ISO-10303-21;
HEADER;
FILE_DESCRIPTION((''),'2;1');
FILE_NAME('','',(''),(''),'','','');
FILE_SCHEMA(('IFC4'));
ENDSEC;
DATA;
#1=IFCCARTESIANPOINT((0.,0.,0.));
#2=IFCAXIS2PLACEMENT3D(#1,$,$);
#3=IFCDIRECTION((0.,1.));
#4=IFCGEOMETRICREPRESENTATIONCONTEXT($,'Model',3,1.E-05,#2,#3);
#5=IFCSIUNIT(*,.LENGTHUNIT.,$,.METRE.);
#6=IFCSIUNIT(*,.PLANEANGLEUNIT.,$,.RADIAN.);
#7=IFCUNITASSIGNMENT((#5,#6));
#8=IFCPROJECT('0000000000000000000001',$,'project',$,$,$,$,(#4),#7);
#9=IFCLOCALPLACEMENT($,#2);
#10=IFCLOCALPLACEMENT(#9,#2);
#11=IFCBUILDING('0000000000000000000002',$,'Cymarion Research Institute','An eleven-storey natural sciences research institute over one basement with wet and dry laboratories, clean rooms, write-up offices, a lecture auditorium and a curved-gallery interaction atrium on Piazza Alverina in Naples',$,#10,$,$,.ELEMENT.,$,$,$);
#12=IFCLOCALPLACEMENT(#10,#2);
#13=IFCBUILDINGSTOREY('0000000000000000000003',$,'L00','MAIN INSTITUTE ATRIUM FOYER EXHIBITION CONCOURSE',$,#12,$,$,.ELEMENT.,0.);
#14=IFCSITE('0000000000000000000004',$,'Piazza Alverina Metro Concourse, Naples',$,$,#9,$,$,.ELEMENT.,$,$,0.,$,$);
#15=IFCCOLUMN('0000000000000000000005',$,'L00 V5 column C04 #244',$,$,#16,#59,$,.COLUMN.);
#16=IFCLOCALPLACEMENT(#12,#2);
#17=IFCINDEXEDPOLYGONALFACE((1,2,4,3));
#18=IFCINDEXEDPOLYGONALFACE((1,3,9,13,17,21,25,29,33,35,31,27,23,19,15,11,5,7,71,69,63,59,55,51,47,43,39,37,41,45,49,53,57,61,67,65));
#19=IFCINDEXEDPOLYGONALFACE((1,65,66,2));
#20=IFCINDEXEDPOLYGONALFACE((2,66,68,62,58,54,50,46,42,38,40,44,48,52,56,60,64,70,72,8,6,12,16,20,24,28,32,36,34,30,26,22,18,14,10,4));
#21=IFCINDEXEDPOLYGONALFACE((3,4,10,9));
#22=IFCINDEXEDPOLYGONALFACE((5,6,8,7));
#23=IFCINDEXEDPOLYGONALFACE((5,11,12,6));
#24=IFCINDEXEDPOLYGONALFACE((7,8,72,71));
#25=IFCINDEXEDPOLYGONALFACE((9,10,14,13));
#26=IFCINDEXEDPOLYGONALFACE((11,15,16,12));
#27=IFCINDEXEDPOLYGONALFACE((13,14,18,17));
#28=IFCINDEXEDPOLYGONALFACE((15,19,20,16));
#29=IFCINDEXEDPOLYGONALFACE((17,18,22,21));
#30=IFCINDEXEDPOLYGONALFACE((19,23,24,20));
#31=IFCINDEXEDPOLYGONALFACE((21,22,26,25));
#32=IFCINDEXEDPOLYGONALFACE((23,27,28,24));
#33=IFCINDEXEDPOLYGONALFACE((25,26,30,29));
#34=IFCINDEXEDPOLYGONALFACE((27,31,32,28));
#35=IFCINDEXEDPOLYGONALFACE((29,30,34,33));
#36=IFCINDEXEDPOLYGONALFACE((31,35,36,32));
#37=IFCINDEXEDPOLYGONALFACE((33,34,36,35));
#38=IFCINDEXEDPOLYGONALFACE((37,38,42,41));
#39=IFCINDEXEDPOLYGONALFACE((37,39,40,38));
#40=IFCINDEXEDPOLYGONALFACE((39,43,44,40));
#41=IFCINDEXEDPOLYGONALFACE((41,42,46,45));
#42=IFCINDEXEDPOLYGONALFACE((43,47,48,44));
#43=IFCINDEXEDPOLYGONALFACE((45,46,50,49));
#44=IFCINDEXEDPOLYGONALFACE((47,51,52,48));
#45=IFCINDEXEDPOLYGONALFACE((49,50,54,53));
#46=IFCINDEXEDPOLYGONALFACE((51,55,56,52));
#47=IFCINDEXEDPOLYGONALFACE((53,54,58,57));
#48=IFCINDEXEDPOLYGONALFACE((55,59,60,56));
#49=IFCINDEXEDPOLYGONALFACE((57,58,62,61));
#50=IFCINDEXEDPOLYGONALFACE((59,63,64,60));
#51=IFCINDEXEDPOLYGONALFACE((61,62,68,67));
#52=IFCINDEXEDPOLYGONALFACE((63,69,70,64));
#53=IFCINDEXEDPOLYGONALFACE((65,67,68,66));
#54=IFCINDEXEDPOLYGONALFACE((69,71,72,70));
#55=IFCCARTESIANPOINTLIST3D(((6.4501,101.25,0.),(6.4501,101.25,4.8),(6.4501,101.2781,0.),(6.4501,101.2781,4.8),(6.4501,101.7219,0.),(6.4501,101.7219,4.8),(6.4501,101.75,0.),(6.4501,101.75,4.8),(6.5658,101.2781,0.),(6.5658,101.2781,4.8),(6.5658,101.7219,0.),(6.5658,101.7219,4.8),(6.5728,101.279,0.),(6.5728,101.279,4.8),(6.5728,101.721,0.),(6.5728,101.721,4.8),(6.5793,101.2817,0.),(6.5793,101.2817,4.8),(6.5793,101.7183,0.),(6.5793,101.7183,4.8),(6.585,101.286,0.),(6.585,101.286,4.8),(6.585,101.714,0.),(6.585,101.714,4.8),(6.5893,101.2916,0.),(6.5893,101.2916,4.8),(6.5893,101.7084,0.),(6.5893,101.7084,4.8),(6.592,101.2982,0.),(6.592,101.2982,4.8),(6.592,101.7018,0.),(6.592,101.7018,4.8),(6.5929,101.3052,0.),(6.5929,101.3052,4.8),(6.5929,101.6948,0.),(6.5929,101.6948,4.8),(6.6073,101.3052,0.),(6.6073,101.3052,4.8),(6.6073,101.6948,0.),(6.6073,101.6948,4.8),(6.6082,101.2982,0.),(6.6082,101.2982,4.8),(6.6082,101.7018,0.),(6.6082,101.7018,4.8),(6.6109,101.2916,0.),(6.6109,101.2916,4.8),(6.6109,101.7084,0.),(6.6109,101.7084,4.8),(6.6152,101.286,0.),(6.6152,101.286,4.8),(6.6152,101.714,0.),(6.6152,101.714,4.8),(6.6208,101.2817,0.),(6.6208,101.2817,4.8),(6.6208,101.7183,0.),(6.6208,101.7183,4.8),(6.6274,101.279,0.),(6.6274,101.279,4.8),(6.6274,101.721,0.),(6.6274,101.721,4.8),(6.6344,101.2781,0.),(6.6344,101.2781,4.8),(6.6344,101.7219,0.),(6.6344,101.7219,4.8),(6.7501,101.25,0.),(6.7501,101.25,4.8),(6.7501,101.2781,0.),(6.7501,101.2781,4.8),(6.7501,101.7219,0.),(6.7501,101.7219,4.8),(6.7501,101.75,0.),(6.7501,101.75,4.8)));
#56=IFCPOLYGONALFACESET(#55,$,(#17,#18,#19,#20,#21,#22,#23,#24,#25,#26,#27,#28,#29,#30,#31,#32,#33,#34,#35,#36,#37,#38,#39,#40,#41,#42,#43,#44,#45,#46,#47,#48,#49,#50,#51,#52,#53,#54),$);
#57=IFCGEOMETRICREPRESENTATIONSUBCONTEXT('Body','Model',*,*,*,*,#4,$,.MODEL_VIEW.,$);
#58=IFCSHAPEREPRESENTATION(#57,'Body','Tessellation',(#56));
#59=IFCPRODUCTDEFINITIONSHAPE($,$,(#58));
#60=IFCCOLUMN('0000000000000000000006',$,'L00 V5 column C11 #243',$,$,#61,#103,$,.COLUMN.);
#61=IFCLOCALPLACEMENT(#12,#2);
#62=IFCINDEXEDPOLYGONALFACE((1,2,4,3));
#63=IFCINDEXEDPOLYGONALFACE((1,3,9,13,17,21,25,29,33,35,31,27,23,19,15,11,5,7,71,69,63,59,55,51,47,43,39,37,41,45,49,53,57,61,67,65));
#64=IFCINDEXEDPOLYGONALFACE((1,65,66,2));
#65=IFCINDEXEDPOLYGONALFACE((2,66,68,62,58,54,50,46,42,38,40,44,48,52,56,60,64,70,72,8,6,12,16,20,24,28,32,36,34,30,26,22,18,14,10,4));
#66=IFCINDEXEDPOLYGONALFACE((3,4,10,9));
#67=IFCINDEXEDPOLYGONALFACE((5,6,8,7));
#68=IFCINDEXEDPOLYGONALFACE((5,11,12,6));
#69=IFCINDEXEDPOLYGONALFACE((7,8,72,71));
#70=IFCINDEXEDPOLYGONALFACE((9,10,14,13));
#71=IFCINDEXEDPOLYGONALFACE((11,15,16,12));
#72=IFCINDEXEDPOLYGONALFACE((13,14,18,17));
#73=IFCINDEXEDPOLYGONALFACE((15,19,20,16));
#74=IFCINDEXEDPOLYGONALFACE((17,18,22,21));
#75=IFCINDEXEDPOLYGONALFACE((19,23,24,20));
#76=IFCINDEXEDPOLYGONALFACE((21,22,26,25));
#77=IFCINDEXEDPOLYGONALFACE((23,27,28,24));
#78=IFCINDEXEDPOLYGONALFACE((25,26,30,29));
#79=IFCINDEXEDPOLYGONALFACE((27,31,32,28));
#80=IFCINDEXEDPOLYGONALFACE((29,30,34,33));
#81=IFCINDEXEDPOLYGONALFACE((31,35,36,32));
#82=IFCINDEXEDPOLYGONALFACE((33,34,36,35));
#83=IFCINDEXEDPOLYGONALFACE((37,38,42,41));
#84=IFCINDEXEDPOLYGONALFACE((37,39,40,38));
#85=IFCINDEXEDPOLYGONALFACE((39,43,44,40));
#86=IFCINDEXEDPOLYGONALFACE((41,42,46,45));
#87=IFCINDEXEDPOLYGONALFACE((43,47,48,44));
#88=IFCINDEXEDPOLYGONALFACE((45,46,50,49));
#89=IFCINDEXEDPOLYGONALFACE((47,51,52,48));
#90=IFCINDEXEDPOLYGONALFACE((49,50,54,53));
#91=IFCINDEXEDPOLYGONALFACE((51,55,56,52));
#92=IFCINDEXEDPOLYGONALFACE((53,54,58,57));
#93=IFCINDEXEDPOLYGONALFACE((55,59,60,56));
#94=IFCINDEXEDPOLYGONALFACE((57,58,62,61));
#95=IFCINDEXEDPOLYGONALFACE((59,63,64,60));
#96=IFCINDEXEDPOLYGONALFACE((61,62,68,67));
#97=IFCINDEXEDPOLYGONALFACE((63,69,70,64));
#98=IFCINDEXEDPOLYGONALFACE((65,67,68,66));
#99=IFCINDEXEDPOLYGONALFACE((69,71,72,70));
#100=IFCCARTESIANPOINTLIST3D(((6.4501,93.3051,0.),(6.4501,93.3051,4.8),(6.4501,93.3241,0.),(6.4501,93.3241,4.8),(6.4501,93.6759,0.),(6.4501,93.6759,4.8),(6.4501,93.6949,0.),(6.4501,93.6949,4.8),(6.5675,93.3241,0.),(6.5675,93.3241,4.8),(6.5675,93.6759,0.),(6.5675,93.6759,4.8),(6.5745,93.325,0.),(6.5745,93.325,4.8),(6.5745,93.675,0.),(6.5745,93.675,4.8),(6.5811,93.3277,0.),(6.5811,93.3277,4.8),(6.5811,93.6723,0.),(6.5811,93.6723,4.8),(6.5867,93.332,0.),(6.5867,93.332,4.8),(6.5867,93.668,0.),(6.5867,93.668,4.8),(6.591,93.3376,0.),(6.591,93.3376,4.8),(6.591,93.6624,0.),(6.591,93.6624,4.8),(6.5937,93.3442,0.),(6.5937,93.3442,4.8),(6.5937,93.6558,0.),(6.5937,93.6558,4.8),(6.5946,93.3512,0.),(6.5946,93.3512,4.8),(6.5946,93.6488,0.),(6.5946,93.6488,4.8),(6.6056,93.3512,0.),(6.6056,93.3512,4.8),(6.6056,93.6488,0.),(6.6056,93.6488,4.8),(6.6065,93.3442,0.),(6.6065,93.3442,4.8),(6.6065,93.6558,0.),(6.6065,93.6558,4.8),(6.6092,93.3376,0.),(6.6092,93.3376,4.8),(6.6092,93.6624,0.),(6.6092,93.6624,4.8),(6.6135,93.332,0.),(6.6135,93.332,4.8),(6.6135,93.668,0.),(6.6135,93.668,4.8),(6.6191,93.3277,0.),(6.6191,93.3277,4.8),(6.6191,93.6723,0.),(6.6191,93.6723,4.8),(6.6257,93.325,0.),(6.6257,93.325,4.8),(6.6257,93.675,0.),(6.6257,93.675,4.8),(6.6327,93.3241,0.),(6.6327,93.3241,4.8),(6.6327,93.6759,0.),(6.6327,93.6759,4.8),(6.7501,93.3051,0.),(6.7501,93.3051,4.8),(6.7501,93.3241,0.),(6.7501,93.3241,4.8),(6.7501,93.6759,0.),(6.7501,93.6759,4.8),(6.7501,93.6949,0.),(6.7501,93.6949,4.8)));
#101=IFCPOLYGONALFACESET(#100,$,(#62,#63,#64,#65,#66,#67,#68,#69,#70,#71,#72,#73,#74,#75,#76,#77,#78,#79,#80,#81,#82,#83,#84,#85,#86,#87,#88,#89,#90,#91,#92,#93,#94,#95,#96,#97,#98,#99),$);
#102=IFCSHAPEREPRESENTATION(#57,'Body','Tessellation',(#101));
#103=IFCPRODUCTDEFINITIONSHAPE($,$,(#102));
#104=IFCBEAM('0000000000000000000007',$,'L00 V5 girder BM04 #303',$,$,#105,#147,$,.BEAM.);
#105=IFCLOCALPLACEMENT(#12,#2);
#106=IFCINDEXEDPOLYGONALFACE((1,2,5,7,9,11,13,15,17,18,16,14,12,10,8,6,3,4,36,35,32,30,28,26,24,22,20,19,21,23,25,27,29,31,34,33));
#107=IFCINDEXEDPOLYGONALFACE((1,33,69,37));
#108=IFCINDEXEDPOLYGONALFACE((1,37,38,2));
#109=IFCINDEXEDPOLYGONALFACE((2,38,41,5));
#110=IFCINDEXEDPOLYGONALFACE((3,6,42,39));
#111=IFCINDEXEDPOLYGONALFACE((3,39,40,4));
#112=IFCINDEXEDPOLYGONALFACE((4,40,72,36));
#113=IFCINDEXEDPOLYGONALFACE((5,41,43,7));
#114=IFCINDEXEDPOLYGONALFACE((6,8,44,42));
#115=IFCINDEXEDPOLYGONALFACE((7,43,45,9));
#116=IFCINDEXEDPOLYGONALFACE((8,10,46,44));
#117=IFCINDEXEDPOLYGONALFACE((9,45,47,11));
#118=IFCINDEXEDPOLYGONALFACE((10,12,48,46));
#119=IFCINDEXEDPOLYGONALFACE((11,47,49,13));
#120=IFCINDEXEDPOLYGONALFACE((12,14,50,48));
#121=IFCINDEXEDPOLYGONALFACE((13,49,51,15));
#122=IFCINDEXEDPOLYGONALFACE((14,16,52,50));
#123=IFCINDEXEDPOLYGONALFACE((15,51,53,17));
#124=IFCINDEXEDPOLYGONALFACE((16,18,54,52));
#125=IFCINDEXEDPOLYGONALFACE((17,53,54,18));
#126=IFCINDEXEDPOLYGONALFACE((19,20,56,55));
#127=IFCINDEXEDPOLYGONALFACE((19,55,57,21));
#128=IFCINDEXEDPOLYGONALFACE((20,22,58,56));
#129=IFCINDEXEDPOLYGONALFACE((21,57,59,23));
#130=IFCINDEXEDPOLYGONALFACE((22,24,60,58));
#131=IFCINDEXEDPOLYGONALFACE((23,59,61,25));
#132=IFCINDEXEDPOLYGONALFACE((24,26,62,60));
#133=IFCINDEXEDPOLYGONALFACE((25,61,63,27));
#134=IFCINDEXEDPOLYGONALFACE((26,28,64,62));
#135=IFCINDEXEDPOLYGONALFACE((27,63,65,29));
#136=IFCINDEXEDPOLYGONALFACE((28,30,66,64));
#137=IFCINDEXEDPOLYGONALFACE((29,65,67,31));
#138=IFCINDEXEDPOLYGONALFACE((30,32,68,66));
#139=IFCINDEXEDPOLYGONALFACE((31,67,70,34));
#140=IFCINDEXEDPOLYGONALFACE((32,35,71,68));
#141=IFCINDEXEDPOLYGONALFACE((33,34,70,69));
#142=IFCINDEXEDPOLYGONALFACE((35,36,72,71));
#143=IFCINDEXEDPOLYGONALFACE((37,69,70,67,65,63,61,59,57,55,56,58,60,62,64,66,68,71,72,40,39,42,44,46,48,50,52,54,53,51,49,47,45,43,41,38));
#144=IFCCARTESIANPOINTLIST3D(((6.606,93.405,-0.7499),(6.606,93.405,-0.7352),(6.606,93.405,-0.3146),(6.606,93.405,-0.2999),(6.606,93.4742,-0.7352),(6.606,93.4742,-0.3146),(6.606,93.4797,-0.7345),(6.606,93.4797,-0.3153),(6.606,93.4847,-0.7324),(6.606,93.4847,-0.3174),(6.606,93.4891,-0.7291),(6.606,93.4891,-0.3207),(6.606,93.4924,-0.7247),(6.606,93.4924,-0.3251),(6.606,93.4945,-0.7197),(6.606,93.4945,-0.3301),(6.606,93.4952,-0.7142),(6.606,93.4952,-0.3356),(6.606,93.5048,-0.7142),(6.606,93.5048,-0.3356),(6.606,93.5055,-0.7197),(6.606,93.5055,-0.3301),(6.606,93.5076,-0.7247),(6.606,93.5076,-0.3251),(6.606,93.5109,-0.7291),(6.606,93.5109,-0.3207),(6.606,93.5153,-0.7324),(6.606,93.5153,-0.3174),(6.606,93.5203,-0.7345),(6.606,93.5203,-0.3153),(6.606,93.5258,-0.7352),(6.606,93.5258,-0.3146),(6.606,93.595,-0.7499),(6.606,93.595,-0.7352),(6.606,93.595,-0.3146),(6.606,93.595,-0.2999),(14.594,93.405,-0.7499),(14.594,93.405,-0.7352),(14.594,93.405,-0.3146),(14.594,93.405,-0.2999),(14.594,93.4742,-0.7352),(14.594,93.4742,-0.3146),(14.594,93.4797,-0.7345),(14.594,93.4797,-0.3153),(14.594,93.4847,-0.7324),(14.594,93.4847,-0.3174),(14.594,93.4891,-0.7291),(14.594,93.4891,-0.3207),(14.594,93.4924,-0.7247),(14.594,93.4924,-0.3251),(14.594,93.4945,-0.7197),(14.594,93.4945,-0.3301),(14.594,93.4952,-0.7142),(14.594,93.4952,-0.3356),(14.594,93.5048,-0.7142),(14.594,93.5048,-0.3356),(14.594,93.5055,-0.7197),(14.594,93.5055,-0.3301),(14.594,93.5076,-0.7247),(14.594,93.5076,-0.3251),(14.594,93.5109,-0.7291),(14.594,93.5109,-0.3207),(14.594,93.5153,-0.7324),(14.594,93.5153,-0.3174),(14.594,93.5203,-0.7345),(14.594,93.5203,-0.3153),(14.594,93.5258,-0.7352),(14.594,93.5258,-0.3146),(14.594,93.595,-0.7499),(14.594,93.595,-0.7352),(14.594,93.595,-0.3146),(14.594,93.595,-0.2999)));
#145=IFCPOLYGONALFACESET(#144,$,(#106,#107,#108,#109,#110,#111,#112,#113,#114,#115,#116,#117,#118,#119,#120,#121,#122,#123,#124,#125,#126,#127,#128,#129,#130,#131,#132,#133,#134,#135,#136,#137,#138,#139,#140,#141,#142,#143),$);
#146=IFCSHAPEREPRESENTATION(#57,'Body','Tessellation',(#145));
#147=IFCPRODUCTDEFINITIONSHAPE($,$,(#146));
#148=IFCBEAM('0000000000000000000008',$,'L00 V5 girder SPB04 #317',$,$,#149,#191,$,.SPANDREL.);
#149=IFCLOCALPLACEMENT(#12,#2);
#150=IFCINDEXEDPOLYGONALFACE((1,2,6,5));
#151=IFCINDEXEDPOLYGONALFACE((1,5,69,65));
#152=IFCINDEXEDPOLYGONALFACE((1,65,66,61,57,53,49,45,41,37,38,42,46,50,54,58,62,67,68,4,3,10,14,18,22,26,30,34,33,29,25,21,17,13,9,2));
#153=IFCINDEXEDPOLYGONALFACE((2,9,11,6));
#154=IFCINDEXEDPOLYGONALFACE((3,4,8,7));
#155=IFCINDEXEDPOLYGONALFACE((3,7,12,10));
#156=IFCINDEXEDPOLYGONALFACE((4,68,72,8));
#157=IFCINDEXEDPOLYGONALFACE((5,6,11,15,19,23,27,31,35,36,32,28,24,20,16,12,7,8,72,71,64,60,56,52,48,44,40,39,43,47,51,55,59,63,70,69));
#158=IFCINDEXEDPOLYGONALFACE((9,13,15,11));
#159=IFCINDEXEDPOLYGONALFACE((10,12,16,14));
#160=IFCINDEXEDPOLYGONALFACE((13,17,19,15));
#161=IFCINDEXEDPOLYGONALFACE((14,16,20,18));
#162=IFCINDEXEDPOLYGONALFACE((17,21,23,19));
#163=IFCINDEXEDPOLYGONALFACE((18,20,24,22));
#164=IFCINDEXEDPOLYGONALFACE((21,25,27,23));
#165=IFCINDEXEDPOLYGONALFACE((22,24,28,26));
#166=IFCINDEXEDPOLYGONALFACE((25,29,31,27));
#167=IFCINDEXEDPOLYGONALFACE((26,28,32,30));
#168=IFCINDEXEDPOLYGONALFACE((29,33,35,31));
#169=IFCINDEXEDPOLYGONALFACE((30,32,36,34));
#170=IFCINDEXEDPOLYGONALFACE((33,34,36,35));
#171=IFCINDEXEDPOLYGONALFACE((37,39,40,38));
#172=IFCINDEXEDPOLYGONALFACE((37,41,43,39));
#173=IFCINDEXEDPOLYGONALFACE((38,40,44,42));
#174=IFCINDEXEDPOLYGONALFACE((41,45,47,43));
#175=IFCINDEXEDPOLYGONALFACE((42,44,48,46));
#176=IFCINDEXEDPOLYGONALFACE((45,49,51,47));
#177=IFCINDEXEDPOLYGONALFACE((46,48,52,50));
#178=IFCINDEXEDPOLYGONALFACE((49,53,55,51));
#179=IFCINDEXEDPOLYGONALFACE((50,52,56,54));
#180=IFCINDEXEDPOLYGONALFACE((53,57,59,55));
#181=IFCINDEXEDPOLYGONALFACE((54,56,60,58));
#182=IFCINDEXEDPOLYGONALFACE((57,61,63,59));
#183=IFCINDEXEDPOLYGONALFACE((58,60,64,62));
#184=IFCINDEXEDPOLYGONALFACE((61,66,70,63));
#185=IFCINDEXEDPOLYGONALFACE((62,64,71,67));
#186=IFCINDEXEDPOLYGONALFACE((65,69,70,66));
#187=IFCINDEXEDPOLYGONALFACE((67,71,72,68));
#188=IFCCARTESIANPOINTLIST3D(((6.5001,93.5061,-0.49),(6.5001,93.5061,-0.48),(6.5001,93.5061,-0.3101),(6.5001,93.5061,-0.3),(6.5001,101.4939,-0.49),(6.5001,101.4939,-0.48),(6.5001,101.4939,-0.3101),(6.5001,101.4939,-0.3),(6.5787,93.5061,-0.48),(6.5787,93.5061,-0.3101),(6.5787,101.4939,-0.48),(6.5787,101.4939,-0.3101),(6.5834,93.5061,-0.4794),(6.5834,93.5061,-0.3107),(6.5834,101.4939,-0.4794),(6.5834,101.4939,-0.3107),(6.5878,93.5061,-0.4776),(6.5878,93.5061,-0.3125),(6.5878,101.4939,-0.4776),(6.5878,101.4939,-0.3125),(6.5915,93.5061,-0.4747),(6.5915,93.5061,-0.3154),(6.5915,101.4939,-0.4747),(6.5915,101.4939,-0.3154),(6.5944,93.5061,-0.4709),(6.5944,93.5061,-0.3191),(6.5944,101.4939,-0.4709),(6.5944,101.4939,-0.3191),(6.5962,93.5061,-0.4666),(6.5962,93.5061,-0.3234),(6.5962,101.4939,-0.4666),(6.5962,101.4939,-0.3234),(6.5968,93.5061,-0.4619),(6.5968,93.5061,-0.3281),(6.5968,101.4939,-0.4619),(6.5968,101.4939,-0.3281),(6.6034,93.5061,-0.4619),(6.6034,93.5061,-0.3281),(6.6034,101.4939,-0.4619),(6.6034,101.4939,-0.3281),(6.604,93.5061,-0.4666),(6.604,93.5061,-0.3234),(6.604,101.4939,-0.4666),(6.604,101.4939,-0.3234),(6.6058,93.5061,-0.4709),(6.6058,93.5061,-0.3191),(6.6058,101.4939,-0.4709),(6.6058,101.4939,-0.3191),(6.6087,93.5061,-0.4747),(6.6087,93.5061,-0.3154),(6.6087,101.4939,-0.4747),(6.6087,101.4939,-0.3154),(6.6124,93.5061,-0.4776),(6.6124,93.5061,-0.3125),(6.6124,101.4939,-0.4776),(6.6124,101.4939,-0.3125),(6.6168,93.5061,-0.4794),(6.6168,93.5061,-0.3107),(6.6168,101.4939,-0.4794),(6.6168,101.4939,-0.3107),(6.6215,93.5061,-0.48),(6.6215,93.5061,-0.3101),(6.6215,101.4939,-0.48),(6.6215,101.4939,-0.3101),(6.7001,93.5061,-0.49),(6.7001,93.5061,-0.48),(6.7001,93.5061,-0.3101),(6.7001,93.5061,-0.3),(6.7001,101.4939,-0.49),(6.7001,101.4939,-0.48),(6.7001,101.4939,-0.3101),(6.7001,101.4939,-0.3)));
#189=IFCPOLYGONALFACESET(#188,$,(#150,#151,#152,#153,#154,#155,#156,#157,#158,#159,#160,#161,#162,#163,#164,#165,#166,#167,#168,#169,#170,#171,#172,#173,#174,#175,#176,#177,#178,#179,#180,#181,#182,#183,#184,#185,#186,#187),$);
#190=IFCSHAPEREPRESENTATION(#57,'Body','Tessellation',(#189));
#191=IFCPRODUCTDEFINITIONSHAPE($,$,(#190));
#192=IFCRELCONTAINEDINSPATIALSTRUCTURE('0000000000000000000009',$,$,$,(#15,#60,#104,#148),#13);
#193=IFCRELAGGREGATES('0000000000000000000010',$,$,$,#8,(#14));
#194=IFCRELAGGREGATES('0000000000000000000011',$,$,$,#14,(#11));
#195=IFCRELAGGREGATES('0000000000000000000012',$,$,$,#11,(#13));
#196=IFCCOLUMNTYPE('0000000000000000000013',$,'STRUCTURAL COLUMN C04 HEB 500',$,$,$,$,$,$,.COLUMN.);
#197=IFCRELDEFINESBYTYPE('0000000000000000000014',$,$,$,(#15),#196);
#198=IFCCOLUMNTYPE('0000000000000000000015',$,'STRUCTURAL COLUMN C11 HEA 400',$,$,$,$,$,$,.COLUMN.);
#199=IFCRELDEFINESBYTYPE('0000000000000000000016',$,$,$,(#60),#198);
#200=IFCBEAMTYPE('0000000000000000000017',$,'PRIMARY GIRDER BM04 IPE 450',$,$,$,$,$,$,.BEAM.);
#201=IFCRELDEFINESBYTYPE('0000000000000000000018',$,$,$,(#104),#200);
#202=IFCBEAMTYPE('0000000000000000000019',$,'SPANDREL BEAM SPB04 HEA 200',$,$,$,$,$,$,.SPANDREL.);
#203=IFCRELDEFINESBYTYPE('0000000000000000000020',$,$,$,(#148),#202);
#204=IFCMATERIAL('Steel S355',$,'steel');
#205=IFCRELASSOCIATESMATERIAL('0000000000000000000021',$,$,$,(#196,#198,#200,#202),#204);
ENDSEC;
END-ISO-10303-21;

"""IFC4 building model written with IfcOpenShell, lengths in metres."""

from ifc_helpers import new_model, si_unit, direction, frame, origin, origin_2d, place, context, subcontext, project, spatial, i_section, extrude, material, material_profile, profile_set, type_object, element, save


model = new_model("IFC4")

# Units and contexts
model_context = context("Model", 3, precision=1e-05, world=origin(), true_north=direction((0.0, 1.0)))
body_context = subcontext(model_context, "Body", "Model", "MODEL_VIEW")
ifc_project = project(units=[si_unit("LENGTHUNIT", "METRE"), si_unit("PLANEANGLEUNIT", "RADIAN")], contexts=[model_context])

# Site, building, storey
site_placement = place(None, origin())
site = spatial("IfcSite", under=ifc_project, at=site_placement, Name="Piazza Alverina Metro Concourse, Naples", CompositionType="ELEMENT", RefElevation=0.0)
building_placement = place(site_placement, origin())
building = spatial("IfcBuilding", under=site, at=building_placement, Name="Cymarion Research Institute", Description="An eleven-storey natural sciences research institute over one basement with wet and dry laboratories, clean rooms, write-up offices, a lecture auditorium and a curved-gallery interaction atrium on Piazza Alverina in Naples", CompositionType="ELEMENT")
storey_placement = place(building_placement, origin())
storey = spatial("IfcBuildingStorey", under=building, at=storey_placement, Name="L00", Description="MAIN INSTITUTE ATRIUM FOYER EXHIBITION CONCOURSE", CompositionType="ELEMENT", Elevation=0.0)

# Columns
ifc_material_1 = material(Name="Steel S355", Category="steel")
ifc_material_profile_1 = material_profile(ifc_material_1, i_section(OverallWidth=0.3, OverallDepth=0.5, WebThickness=0.0144, FlangeThickness=0.0281, FilletRadius=0.0271, at=origin_2d()), Name="HEB 500")
ifc_profile_set_1 = profile_set([ifc_material_profile_1], Name="Steel S355")
column_type_1 = type_object("IfcColumnType", Name="STRUCTURAL COLUMN C04 HEB 500", PredefinedType="COLUMN", material=ifc_profile_set_1)
column_1_placement = place(storey_placement, frame((6.6001, 101.5, 0.0), z_axis=(0.0, 0.0, 1.0), x_axis=(1.0, 0.0, 0.0)))
element("IfcColumn", 1, at=column_1_placement, inside=storey, type_object=column_type_1, Name="L00 V5 column C04 #244", PredefinedType="COLUMN", context=body_context, shape_type="SweptSolid", body=[
    extrude(i_section(OverallWidth=0.3, OverallDepth=0.5, WebThickness=0.0144, FlangeThickness=0.0281, FilletRadius=0.0271, at=origin_2d()), origin(), (0.0, 0.0, 1.0), 4.8),
])
ifc_material_profile_2 = material_profile(ifc_material_1, i_section(OverallWidth=0.3, OverallDepth=0.3899, WebThickness=0.011, FlangeThickness=0.019, FilletRadius=0.0271, at=origin_2d()), Name="HEA 400")
ifc_profile_set_2 = profile_set([ifc_material_profile_2], Name="Steel S355")
column_type_2 = type_object("IfcColumnType", Name="STRUCTURAL COLUMN C11 HEA 400", PredefinedType="COLUMN", material=ifc_profile_set_2)
column_2_placement = place(storey_placement, frame((6.6001, 93.5, 0.0), z_axis=(0.0, 0.0, 1.0), x_axis=(1.0, 0.0, 0.0)))
element("IfcColumn", 2, at=column_2_placement, inside=storey, type_object=column_type_2, Name="L00 V5 column C11 #243", PredefinedType="COLUMN", context=body_context, shape_type="SweptSolid", body=[
    extrude(i_section(OverallWidth=0.3, OverallDepth=0.3899, WebThickness=0.011, FlangeThickness=0.019, FilletRadius=0.0271, at=origin_2d()), origin(), (0.0, 0.0, 1.0), 4.8),
])

# Beams
ifc_material_profile_3 = material_profile(ifc_material_1, i_section(OverallWidth=0.1899, OverallDepth=0.45, WebThickness=0.0095, FlangeThickness=0.0146, FilletRadius=0.021, at=origin_2d()), Name="IPE 450")
ifc_profile_set_3 = profile_set([ifc_material_profile_3], Name="Steel S355")
beam_type_1 = type_object("IfcBeamType", Name="PRIMARY GIRDER BM04 IPE 450", PredefinedType="BEAM", material=ifc_profile_set_3)
beam_1_placement = place(storey_placement, frame((6.606, 93.5, -0.5249), z_axis=(1.0, 0.0, 0.0), x_axis=(0.0, 1.0, 0.0)))
element("IfcBeam", 3, at=beam_1_placement, inside=storey, type_object=beam_type_1, Name="L00 V5 girder BM04 #303", PredefinedType="BEAM", context=body_context, shape_type="SweptSolid", body=[
    extrude(i_section(OverallWidth=0.1899, OverallDepth=0.45, WebThickness=0.0095, FlangeThickness=0.0146, FilletRadius=0.021, at=origin_2d()), origin(), (0.0, 0.0, 1.0), 7.988),
])
ifc_material_profile_4 = material_profile(ifc_material_1, i_section(OverallWidth=0.2, OverallDepth=0.1899, WebThickness=0.0066, FlangeThickness=0.01, FilletRadius=0.0181, at=origin_2d()), Name="HEA 200")
ifc_profile_set_4 = profile_set([ifc_material_profile_4], Name="Steel S355")
beam_type_2 = type_object("IfcBeamType", Name="SPANDREL BEAM SPB04 HEA 200", PredefinedType="SPANDREL", material=ifc_profile_set_4)
beam_2_placement = place(storey_placement, frame((6.6001, 93.5061, -0.395), z_axis=(0.0, 1.0, 0.0), x_axis=(-1.0, 0.0, 0.0)))
element("IfcBeam", 4, at=beam_2_placement, inside=storey, type_object=beam_type_2, Name="L00 V5 girder SPB04 #317", PredefinedType="SPANDREL", context=body_context, shape_type="SweptSolid", body=[
    extrude(i_section(OverallWidth=0.2, OverallDepth=0.1899, WebThickness=0.0066, FlangeThickness=0.01, FilletRadius=0.0181, at=origin_2d()), origin(), (0.0, 0.0, 1.0), 7.9878),
])

save(model, "model.ifc")
